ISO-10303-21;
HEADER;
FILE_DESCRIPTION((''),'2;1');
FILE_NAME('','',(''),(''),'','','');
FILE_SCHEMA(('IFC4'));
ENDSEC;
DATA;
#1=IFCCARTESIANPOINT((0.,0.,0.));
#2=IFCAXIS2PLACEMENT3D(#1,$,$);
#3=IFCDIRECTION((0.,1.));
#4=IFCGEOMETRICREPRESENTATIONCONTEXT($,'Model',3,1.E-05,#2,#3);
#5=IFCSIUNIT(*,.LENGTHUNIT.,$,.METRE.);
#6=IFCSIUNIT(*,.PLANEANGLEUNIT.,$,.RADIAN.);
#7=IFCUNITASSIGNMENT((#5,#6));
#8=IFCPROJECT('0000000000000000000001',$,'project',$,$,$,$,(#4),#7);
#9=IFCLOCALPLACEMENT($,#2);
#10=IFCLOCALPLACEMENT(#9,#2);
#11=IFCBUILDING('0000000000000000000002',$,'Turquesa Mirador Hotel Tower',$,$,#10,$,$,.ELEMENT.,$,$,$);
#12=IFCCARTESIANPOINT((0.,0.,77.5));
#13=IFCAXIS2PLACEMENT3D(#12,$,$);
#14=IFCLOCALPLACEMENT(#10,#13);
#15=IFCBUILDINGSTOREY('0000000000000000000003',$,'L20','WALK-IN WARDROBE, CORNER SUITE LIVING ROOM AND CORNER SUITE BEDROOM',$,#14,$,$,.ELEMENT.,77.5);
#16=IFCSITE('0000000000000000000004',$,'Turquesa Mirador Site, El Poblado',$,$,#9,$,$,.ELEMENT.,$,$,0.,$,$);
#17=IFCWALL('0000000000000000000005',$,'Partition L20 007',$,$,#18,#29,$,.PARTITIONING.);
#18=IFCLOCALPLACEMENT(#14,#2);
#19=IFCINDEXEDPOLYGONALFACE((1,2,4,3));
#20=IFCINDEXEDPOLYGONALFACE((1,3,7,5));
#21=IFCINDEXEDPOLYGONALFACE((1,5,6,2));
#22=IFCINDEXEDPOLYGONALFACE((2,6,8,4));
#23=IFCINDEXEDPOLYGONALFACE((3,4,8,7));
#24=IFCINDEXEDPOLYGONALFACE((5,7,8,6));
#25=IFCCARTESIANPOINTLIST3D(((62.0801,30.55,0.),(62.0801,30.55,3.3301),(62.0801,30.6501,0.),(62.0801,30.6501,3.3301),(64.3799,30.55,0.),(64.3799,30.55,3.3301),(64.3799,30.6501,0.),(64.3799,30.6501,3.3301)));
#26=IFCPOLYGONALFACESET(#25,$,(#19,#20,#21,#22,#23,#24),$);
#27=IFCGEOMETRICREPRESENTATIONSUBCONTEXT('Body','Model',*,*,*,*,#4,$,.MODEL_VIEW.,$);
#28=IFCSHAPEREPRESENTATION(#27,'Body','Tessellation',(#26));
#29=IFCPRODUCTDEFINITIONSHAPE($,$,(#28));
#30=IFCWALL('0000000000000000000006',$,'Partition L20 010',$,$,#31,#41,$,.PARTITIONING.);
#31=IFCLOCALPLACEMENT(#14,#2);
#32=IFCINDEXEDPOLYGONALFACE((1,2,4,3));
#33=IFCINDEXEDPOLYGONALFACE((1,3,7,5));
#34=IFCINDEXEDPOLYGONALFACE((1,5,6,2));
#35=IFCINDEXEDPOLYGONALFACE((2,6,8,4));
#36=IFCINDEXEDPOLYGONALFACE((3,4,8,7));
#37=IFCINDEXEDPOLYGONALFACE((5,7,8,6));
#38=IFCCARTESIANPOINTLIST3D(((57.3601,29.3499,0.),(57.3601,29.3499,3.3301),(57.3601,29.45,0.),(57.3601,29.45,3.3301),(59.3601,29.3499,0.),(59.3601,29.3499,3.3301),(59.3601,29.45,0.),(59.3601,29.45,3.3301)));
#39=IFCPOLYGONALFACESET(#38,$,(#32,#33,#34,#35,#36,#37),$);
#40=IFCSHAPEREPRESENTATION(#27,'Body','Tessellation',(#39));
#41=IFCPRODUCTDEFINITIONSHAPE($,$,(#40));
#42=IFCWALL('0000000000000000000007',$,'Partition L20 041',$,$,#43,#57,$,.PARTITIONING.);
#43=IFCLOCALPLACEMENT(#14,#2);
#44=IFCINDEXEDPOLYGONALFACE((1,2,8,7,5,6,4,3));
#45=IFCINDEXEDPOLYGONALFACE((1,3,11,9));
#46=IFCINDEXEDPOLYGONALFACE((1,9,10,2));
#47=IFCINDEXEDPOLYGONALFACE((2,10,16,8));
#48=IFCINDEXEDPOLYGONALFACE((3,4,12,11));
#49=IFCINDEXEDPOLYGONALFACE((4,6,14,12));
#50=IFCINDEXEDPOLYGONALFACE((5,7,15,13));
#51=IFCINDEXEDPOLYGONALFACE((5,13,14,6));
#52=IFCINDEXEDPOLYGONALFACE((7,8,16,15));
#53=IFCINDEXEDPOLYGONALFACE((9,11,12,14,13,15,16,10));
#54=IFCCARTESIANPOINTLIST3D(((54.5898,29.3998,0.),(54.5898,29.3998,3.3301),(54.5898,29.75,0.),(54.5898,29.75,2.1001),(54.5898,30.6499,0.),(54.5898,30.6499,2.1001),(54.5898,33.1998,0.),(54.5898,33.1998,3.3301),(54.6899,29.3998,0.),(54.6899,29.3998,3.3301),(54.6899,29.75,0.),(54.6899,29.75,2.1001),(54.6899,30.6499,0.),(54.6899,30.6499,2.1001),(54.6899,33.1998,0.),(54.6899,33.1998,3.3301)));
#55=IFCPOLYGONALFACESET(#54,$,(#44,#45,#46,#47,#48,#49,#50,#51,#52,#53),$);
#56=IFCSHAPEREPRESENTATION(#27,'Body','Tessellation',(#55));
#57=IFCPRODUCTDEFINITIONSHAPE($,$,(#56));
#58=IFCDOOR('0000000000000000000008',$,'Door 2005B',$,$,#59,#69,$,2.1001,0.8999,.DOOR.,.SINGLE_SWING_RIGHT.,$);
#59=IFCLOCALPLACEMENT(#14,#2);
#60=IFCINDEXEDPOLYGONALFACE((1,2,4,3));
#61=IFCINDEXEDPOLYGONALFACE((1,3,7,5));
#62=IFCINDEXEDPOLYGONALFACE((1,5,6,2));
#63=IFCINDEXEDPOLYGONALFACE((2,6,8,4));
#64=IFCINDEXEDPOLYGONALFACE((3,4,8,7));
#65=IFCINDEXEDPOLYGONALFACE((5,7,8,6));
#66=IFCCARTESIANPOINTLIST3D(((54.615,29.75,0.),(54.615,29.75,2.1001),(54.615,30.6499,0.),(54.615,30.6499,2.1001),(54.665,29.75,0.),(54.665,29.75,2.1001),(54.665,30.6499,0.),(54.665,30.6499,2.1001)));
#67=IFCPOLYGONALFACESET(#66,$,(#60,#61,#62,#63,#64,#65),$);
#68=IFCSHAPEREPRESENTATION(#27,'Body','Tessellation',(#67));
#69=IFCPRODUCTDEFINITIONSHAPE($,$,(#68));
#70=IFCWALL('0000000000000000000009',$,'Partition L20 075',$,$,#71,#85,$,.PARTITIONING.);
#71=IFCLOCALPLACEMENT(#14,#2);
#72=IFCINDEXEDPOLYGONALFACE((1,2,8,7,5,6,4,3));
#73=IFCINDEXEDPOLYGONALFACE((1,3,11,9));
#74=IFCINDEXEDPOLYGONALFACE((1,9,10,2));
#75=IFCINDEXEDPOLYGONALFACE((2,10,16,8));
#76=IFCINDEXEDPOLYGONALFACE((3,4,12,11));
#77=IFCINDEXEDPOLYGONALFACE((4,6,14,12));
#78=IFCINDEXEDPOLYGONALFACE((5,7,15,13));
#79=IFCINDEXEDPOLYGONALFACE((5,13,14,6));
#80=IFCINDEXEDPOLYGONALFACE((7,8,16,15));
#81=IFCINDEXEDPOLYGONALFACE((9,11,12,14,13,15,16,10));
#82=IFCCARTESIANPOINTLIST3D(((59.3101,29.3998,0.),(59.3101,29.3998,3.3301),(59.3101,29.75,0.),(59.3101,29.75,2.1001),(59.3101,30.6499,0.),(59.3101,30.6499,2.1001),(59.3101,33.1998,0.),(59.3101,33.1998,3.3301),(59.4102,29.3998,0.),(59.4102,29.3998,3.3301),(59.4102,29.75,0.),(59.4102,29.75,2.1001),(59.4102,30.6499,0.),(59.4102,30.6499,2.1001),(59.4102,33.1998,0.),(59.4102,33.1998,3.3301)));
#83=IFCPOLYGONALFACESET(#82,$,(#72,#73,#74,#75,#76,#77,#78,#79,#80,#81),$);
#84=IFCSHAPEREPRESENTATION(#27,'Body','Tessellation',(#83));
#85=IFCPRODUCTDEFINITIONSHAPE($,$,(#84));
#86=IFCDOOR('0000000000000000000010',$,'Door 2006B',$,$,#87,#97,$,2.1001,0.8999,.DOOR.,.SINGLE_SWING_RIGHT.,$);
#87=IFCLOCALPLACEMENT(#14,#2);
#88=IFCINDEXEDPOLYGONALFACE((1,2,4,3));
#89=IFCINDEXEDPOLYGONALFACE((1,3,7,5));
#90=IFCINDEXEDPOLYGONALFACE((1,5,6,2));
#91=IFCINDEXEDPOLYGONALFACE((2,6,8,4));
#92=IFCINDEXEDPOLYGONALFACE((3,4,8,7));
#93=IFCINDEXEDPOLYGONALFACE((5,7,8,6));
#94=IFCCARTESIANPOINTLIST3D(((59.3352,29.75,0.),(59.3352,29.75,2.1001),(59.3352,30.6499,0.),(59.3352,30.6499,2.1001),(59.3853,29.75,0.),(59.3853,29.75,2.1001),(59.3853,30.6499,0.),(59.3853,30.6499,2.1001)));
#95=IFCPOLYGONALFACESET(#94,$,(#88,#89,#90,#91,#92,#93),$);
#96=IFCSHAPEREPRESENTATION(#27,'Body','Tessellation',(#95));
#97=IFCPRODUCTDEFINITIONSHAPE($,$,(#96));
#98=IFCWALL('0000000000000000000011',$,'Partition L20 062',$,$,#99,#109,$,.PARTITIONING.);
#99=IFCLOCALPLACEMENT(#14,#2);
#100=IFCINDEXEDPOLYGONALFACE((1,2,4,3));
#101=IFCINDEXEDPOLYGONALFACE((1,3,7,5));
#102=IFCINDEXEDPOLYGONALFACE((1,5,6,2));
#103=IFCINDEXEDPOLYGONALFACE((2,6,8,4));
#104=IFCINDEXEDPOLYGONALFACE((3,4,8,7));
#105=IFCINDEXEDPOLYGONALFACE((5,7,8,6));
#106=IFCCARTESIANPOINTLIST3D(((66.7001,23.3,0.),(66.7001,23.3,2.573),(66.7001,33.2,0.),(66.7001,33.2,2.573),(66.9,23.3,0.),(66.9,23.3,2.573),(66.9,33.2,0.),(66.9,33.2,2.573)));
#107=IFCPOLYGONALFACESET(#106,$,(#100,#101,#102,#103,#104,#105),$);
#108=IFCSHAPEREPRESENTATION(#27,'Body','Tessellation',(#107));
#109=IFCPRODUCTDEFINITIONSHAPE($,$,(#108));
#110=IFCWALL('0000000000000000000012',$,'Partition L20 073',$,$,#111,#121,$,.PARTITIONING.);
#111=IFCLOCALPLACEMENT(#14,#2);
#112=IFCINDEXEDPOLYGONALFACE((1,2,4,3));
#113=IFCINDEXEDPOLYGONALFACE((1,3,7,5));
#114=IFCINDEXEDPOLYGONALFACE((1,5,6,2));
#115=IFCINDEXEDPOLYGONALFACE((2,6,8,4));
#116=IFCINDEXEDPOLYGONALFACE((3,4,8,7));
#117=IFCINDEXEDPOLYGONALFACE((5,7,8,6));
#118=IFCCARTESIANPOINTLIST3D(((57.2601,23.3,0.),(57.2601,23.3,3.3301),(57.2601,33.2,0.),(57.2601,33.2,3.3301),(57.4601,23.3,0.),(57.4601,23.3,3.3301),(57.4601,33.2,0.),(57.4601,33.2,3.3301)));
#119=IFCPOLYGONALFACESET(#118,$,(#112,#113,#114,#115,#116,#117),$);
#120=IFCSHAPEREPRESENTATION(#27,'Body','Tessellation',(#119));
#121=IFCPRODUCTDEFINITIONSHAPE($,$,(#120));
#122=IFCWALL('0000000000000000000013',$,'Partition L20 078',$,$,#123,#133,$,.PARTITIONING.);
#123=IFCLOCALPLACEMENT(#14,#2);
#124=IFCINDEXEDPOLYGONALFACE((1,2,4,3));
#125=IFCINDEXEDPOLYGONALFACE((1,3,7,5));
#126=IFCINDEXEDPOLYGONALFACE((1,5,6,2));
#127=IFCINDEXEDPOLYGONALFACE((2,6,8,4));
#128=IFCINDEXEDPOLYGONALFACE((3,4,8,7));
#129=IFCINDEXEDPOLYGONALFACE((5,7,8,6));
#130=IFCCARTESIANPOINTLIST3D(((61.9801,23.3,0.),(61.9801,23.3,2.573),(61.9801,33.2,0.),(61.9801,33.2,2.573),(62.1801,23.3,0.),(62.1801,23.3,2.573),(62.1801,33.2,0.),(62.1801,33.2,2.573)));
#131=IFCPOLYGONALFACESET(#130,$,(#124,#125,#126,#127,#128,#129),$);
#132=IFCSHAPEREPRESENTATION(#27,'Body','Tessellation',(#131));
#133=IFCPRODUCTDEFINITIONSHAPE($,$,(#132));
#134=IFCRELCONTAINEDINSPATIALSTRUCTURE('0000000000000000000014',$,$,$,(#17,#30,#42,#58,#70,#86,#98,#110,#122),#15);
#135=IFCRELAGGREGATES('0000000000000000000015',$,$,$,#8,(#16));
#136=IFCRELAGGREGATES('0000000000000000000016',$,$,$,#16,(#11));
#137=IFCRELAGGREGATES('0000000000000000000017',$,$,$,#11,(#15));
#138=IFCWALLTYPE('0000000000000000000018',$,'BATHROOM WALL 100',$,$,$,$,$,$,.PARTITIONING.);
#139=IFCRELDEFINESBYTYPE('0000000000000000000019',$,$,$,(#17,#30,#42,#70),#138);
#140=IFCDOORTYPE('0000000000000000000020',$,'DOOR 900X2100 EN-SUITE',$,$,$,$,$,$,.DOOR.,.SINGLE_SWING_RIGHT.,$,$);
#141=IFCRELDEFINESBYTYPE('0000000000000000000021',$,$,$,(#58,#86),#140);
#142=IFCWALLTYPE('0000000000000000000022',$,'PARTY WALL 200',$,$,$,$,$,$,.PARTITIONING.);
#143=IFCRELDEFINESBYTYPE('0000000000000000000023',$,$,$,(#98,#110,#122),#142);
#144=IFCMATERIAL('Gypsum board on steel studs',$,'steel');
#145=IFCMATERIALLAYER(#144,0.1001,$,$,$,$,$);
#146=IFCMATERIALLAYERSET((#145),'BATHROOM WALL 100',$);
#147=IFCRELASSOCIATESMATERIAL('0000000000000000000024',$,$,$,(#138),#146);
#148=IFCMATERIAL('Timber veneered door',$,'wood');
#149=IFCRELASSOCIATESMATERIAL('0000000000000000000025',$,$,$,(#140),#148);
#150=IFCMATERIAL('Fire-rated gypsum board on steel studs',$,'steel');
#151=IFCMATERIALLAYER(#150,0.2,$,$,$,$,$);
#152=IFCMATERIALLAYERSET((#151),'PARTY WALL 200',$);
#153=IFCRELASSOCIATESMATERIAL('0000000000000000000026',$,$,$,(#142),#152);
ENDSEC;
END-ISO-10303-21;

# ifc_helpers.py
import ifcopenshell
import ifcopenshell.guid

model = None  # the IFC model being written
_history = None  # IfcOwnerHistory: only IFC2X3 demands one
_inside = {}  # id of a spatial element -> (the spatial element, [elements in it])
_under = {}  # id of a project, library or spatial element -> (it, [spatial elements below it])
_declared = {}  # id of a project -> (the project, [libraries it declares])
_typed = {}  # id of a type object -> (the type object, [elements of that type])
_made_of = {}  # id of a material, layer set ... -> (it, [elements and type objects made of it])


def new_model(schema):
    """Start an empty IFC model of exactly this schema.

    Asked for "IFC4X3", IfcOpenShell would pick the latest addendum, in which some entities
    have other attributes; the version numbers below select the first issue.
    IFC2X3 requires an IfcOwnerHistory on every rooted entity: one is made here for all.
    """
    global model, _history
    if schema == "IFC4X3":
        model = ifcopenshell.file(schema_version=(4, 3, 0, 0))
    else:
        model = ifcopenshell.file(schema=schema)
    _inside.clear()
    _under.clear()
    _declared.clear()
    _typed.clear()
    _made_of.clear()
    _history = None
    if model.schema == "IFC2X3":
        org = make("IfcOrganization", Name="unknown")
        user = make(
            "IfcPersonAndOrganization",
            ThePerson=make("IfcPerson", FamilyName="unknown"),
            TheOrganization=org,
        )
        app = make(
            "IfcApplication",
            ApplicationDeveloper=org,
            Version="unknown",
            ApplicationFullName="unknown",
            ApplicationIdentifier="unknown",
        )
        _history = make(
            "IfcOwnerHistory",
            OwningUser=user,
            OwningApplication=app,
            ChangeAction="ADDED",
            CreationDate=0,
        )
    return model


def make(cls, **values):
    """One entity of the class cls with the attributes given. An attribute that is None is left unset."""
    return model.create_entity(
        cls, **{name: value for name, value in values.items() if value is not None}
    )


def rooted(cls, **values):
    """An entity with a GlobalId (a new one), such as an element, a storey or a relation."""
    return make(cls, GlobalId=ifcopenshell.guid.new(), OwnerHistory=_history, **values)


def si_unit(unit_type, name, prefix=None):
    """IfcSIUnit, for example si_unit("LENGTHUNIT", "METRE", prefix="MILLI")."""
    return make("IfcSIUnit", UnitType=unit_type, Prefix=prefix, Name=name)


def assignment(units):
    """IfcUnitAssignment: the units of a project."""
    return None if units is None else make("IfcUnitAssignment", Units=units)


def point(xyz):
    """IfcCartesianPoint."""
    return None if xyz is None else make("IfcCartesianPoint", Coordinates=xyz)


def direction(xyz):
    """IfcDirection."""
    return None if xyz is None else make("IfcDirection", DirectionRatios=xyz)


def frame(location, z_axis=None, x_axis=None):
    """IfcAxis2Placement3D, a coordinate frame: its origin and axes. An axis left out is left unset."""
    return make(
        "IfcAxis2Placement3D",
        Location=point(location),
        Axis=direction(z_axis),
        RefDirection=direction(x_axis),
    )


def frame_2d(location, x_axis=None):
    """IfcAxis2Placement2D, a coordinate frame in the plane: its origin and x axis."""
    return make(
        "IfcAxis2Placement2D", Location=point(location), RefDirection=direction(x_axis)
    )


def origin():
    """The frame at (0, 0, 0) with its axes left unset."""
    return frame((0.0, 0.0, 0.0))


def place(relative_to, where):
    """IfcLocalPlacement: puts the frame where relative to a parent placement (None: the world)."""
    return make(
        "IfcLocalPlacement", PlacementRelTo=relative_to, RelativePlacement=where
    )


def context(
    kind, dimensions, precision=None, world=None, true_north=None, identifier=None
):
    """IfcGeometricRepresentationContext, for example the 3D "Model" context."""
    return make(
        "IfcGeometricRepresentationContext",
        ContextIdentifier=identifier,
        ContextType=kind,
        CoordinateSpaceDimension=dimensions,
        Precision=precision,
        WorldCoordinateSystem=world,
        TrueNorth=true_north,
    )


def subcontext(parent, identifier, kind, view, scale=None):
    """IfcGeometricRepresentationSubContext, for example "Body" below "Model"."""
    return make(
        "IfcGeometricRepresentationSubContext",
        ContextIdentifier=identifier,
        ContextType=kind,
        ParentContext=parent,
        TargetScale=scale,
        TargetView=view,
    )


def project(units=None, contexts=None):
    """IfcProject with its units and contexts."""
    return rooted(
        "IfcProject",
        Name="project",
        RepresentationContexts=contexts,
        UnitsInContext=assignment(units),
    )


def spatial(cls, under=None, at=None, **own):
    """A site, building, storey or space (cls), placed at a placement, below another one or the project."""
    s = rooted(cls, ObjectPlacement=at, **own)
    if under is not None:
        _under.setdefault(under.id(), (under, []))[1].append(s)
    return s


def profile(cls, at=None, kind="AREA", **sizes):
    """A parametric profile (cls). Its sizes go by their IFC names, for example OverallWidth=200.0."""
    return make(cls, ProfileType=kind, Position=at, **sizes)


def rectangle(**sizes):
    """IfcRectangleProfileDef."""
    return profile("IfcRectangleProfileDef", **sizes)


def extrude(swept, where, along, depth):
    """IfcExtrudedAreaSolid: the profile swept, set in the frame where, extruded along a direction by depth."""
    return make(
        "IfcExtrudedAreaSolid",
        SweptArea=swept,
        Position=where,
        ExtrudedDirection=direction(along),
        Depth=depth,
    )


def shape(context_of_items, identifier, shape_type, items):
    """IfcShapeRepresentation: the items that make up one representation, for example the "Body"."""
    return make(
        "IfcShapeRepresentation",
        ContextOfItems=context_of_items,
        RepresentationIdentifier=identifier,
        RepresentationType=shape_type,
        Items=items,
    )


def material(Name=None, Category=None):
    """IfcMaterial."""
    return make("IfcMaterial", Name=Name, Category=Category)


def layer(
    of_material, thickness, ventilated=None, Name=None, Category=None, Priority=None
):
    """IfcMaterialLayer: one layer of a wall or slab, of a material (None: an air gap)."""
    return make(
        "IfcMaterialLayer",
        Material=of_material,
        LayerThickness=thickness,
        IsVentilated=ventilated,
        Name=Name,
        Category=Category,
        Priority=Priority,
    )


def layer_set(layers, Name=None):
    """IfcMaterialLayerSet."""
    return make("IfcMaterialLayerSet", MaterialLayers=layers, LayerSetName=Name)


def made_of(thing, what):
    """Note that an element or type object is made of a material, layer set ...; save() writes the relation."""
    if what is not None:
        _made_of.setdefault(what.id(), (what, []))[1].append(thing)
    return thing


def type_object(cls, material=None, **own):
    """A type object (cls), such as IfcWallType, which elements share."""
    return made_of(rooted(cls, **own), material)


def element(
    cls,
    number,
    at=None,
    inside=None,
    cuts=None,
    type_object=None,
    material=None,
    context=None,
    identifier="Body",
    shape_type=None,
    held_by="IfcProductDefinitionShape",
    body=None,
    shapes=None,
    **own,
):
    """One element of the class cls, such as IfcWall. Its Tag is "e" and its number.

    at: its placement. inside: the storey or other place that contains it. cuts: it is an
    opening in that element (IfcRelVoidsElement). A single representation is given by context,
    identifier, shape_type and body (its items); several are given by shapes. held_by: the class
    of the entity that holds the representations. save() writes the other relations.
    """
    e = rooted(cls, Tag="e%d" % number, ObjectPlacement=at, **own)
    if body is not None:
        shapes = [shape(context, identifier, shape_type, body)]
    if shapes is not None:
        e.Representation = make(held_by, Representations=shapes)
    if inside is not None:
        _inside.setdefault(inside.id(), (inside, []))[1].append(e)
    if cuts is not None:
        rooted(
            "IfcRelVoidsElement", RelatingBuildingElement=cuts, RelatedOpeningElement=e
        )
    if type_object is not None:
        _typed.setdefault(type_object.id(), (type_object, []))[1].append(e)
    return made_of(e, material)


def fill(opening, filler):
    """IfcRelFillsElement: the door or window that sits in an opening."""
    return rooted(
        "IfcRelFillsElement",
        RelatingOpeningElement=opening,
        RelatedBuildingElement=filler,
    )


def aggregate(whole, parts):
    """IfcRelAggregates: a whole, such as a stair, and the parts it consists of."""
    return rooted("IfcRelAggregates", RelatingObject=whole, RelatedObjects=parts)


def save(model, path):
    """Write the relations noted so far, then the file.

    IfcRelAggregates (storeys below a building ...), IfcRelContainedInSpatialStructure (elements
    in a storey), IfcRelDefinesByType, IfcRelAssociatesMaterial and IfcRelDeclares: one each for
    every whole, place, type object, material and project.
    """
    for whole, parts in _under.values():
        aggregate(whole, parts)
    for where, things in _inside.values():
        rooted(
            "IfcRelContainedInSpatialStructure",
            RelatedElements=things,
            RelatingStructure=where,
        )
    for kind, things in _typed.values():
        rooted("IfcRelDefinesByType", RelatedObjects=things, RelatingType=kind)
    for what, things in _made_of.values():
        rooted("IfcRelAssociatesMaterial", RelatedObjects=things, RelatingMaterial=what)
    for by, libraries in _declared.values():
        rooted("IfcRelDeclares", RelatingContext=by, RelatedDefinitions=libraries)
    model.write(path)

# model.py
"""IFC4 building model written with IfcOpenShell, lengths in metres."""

from ifc_helpers import new_model, si_unit, direction, frame, frame_2d, origin, place, context, subcontext, project, spatial, rectangle, extrude, material, layer, layer_set, type_object, element, fill, save


model = new_model("IFC4")

# Units and contexts
model_context = context("Model", 3, precision=1e-05, world=origin(), true_north=direction((0.0, 1.0)))
body_context = subcontext(model_context, "Body", "Model", "MODEL_VIEW")
ifc_project = project(units=[si_unit("LENGTHUNIT", "METRE"), si_unit("PLANEANGLEUNIT", "RADIAN")], contexts=[model_context])

# Site, building, storey
site_placement = place(None, origin())
site = spatial("IfcSite", under=ifc_project, at=site_placement, Name="Turquesa Mirador Site, El Poblado", CompositionType="ELEMENT", RefElevation=0.0)
building_placement = place(site_placement, origin())
building = spatial("IfcBuilding", under=site, at=building_placement, Name="Turquesa Mirador Hotel Tower", CompositionType="ELEMENT")
storey_placement = place(building_placement, frame((0.0, 0.0, 77.5)))
storey = spatial("IfcBuildingStorey", under=building, at=storey_placement, Name="L20", Description="WALK-IN WARDROBE, CORNER SUITE LIVING ROOM AND CORNER SUITE BEDROOM", CompositionType="ELEMENT", Elevation=77.5)

# Walls
ifc_material_1 = material(Name="Gypsum board on steel studs", Category="steel")
ifc_layer_1 = layer(ifc_material_1, 0.1001)
ifc_layer_set_1 = layer_set([ifc_layer_1], Name="BATHROOM WALL 100")
wall_type_1 = type_object("IfcWallType", Name="BATHROOM WALL 100", PredefinedType="PARTITIONING", material=ifc_layer_set_1)
wall_1_placement = place(storey_placement, frame((62.0801, 30.6001, 0.0), z_axis=(0.0, 0.0, 1.0), x_axis=(1.0, 0.0, 0.0)))
element("IfcWall", 1, at=wall_1_placement, inside=storey, type_object=wall_type_1, Name="Partition L20 007", PredefinedType="PARTITIONING", context=body_context, shape_type="SweptSolid", body=[
    extrude(rectangle(XDim=2.2998, YDim=0.1001, at=frame_2d((1.1499, 0.0))), origin(), (0.0, 0.0, 1.0), 3.3301),
])
wall_2_placement = place(storey_placement, frame((57.3601, 29.3999, 0.0), z_axis=(0.0, 0.0, 1.0), x_axis=(1.0, 0.0, 0.0)))
element("IfcWall", 2, at=wall_2_placement, inside=storey, type_object=wall_type_1, Name="Partition L20 010", PredefinedType="PARTITIONING", context=body_context, shape_type="SweptSolid", body=[
    extrude(rectangle(XDim=2.0, YDim=0.1001, at=frame_2d((1.0, 0.0))), origin(), (0.0, 0.0, 1.0), 3.3301),
])

# Walls, openings, doors
wall_3_placement = place(storey_placement, frame((54.6399, 29.3999, 0.0), z_axis=(0.0, 0.0, 1.0), x_axis=(0.0, 1.0, 0.0)))
wall_3 = element("IfcWall", 3, at=wall_3_placement, inside=storey, type_object=wall_type_1, Name="Partition L20 041", PredefinedType="PARTITIONING", context=body_context, shape_type="SweptSolid", body=[
    extrude(rectangle(XDim=3.8, YDim=0.1001, at=frame_2d((1.8999, 0.0))), origin(), (0.0, 0.0, 1.0), 3.3301),
])
opening_1_placement = place(wall_3_placement, frame((0.3501, 0.0, 0.0)))
opening_1 = element("IfcOpeningElement", 4, at=opening_1_placement, cuts=wall_3, PredefinedType="OPENING", context=body_context, shape_type="SweptSolid", body=[
    extrude(rectangle(XDim=0.8999, YDim=2.1001, at=frame_2d((0.45, 1.05))), frame((0.0, 0.0601, 0.0), z_axis=(0.0, -1.0, 0.0), x_axis=(1.0, 0.0, 0.0)), (0.0, 0.0, 1.0), 0.1201),
])
ifc_material_2 = material(Name="Timber veneered door", Category="wood")
door_type = type_object("IfcDoorType", Name="DOOR 900X2100 EN-SUITE", OperationType="SINGLE_SWING_RIGHT", PredefinedType="DOOR", material=ifc_material_2)
door_1_placement = place(opening_1_placement, origin())
door_1 = element("IfcDoor", 5, at=door_1_placement, inside=storey, type_object=door_type, Name="Door 2005B", OperationType="SINGLE_SWING_RIGHT", OverallHeight=2.1001, OverallWidth=0.8999, PredefinedType="DOOR", context=body_context, shape_type="SweptSolid", body=[
    extrude(rectangle(XDim=0.8999, YDim=2.1001, at=frame_2d((0.45, 1.05))), frame((0.0, 0.0249, 0.0), z_axis=(0.0, -1.0, 0.0), x_axis=(1.0, 0.0, 0.0)), (0.0, 0.0, 1.0), 0.05),
])
fill(opening_1, door_1)
wall_4_placement = place(storey_placement, frame((59.3601, 29.3999, 0.0), z_axis=(0.0, 0.0, 1.0), x_axis=(0.0, 1.0, 0.0)))
wall_4 = element("IfcWall", 6, at=wall_4_placement, inside=storey, type_object=wall_type_1, Name="Partition L20 075", PredefinedType="PARTITIONING", context=body_context, shape_type="SweptSolid", body=[
    extrude(rectangle(XDim=3.8, YDim=0.1001, at=frame_2d((1.8999, 0.0))), origin(), (0.0, 0.0, 1.0), 3.3301),
])
opening_2_placement = place(wall_4_placement, frame((0.3501, 0.0, 0.0)))
opening_2 = element("IfcOpeningElement", 7, at=opening_2_placement, cuts=wall_4, PredefinedType="OPENING", context=body_context, shape_type="SweptSolid", body=[
    extrude(rectangle(XDim=0.8999, YDim=2.1001, at=frame_2d((0.45, 1.05))), frame((0.0, 0.0601, 0.0), z_axis=(0.0, -1.0, 0.0), x_axis=(1.0, 0.0, 0.0)), (0.0, 0.0, 1.0), 0.1201),
])
door_2_placement = place(opening_2_placement, origin())
door_2 = element("IfcDoor", 8, at=door_2_placement, inside=storey, type_object=door_type, Name="Door 2006B", OperationType="SINGLE_SWING_RIGHT", OverallHeight=2.1001, OverallWidth=0.8999, PredefinedType="DOOR", context=body_context, shape_type="SweptSolid", body=[
    extrude(rectangle(XDim=0.8999, YDim=2.1001, at=frame_2d((0.45, 1.05))), frame((0.0, 0.0249, 0.0), z_axis=(0.0, -1.0, 0.0), x_axis=(1.0, 0.0, 0.0)), (0.0, 0.0, 1.0), 0.05),
])
fill(opening_2, door_2)

# Walls
ifc_material_3 = material(Name="Fire-rated gypsum board on steel studs", Category="steel")
ifc_layer_2 = layer(ifc_material_3, 0.2)
ifc_layer_set_2 = layer_set([ifc_layer_2], Name="PARTY WALL 200")
wall_type_2 = type_object("IfcWallType", Name="PARTY WALL 200", PredefinedType="PARTITIONING", material=ifc_layer_set_2)
wall_5_placement = place(storey_placement, frame((66.8, 23.3, 0.0), z_axis=(0.0, 0.0, 1.0), x_axis=(0.0, 1.0, 0.0)))
element("IfcWall", 9, at=wall_5_placement, inside=storey, type_object=wall_type_2, Name="Partition L20 062", PredefinedType="PARTITIONING", context=body_context, shape_type="SweptSolid", body=[
    extrude(rectangle(XDim=9.8999, YDim=0.2, at=frame_2d((4.95, 0.0))), origin(), (0.0, 0.0, 1.0), 2.573),
])
wall_6_placement = place(storey_placement, frame((57.3601, 23.3, 0.0), z_axis=(0.0, 0.0, 1.0), x_axis=(0.0, 1.0, 0.0)))
element("IfcWall", 10, at=wall_6_placement, inside=storey, type_object=wall_type_2, Name="Partition L20 073", PredefinedType="PARTITIONING", context=body_context, shape_type="SweptSolid", body=[
    extrude(rectangle(XDim=9.8999, YDim=0.2, at=frame_2d((4.95, 0.0))), origin(), (0.0, 0.0, 1.0), 3.3301),
])
wall_7_placement = place(storey_placement, frame((62.0801, 23.3, 0.0), z_axis=(0.0, 0.0, 1.0), x_axis=(0.0, 1.0, 0.0)))
element("IfcWall", 11, at=wall_7_placement, inside=storey, type_object=wall_type_2, Name="Partition L20 078", PredefinedType="PARTITIONING", context=body_context, shape_type="SweptSolid", body=[
    extrude(rectangle(XDim=9.8999, YDim=0.2, at=frame_2d((4.95, 0.0))), origin(), (0.0, 0.0, 1.0), 2.573),
])

save(model, "model.ifc")
